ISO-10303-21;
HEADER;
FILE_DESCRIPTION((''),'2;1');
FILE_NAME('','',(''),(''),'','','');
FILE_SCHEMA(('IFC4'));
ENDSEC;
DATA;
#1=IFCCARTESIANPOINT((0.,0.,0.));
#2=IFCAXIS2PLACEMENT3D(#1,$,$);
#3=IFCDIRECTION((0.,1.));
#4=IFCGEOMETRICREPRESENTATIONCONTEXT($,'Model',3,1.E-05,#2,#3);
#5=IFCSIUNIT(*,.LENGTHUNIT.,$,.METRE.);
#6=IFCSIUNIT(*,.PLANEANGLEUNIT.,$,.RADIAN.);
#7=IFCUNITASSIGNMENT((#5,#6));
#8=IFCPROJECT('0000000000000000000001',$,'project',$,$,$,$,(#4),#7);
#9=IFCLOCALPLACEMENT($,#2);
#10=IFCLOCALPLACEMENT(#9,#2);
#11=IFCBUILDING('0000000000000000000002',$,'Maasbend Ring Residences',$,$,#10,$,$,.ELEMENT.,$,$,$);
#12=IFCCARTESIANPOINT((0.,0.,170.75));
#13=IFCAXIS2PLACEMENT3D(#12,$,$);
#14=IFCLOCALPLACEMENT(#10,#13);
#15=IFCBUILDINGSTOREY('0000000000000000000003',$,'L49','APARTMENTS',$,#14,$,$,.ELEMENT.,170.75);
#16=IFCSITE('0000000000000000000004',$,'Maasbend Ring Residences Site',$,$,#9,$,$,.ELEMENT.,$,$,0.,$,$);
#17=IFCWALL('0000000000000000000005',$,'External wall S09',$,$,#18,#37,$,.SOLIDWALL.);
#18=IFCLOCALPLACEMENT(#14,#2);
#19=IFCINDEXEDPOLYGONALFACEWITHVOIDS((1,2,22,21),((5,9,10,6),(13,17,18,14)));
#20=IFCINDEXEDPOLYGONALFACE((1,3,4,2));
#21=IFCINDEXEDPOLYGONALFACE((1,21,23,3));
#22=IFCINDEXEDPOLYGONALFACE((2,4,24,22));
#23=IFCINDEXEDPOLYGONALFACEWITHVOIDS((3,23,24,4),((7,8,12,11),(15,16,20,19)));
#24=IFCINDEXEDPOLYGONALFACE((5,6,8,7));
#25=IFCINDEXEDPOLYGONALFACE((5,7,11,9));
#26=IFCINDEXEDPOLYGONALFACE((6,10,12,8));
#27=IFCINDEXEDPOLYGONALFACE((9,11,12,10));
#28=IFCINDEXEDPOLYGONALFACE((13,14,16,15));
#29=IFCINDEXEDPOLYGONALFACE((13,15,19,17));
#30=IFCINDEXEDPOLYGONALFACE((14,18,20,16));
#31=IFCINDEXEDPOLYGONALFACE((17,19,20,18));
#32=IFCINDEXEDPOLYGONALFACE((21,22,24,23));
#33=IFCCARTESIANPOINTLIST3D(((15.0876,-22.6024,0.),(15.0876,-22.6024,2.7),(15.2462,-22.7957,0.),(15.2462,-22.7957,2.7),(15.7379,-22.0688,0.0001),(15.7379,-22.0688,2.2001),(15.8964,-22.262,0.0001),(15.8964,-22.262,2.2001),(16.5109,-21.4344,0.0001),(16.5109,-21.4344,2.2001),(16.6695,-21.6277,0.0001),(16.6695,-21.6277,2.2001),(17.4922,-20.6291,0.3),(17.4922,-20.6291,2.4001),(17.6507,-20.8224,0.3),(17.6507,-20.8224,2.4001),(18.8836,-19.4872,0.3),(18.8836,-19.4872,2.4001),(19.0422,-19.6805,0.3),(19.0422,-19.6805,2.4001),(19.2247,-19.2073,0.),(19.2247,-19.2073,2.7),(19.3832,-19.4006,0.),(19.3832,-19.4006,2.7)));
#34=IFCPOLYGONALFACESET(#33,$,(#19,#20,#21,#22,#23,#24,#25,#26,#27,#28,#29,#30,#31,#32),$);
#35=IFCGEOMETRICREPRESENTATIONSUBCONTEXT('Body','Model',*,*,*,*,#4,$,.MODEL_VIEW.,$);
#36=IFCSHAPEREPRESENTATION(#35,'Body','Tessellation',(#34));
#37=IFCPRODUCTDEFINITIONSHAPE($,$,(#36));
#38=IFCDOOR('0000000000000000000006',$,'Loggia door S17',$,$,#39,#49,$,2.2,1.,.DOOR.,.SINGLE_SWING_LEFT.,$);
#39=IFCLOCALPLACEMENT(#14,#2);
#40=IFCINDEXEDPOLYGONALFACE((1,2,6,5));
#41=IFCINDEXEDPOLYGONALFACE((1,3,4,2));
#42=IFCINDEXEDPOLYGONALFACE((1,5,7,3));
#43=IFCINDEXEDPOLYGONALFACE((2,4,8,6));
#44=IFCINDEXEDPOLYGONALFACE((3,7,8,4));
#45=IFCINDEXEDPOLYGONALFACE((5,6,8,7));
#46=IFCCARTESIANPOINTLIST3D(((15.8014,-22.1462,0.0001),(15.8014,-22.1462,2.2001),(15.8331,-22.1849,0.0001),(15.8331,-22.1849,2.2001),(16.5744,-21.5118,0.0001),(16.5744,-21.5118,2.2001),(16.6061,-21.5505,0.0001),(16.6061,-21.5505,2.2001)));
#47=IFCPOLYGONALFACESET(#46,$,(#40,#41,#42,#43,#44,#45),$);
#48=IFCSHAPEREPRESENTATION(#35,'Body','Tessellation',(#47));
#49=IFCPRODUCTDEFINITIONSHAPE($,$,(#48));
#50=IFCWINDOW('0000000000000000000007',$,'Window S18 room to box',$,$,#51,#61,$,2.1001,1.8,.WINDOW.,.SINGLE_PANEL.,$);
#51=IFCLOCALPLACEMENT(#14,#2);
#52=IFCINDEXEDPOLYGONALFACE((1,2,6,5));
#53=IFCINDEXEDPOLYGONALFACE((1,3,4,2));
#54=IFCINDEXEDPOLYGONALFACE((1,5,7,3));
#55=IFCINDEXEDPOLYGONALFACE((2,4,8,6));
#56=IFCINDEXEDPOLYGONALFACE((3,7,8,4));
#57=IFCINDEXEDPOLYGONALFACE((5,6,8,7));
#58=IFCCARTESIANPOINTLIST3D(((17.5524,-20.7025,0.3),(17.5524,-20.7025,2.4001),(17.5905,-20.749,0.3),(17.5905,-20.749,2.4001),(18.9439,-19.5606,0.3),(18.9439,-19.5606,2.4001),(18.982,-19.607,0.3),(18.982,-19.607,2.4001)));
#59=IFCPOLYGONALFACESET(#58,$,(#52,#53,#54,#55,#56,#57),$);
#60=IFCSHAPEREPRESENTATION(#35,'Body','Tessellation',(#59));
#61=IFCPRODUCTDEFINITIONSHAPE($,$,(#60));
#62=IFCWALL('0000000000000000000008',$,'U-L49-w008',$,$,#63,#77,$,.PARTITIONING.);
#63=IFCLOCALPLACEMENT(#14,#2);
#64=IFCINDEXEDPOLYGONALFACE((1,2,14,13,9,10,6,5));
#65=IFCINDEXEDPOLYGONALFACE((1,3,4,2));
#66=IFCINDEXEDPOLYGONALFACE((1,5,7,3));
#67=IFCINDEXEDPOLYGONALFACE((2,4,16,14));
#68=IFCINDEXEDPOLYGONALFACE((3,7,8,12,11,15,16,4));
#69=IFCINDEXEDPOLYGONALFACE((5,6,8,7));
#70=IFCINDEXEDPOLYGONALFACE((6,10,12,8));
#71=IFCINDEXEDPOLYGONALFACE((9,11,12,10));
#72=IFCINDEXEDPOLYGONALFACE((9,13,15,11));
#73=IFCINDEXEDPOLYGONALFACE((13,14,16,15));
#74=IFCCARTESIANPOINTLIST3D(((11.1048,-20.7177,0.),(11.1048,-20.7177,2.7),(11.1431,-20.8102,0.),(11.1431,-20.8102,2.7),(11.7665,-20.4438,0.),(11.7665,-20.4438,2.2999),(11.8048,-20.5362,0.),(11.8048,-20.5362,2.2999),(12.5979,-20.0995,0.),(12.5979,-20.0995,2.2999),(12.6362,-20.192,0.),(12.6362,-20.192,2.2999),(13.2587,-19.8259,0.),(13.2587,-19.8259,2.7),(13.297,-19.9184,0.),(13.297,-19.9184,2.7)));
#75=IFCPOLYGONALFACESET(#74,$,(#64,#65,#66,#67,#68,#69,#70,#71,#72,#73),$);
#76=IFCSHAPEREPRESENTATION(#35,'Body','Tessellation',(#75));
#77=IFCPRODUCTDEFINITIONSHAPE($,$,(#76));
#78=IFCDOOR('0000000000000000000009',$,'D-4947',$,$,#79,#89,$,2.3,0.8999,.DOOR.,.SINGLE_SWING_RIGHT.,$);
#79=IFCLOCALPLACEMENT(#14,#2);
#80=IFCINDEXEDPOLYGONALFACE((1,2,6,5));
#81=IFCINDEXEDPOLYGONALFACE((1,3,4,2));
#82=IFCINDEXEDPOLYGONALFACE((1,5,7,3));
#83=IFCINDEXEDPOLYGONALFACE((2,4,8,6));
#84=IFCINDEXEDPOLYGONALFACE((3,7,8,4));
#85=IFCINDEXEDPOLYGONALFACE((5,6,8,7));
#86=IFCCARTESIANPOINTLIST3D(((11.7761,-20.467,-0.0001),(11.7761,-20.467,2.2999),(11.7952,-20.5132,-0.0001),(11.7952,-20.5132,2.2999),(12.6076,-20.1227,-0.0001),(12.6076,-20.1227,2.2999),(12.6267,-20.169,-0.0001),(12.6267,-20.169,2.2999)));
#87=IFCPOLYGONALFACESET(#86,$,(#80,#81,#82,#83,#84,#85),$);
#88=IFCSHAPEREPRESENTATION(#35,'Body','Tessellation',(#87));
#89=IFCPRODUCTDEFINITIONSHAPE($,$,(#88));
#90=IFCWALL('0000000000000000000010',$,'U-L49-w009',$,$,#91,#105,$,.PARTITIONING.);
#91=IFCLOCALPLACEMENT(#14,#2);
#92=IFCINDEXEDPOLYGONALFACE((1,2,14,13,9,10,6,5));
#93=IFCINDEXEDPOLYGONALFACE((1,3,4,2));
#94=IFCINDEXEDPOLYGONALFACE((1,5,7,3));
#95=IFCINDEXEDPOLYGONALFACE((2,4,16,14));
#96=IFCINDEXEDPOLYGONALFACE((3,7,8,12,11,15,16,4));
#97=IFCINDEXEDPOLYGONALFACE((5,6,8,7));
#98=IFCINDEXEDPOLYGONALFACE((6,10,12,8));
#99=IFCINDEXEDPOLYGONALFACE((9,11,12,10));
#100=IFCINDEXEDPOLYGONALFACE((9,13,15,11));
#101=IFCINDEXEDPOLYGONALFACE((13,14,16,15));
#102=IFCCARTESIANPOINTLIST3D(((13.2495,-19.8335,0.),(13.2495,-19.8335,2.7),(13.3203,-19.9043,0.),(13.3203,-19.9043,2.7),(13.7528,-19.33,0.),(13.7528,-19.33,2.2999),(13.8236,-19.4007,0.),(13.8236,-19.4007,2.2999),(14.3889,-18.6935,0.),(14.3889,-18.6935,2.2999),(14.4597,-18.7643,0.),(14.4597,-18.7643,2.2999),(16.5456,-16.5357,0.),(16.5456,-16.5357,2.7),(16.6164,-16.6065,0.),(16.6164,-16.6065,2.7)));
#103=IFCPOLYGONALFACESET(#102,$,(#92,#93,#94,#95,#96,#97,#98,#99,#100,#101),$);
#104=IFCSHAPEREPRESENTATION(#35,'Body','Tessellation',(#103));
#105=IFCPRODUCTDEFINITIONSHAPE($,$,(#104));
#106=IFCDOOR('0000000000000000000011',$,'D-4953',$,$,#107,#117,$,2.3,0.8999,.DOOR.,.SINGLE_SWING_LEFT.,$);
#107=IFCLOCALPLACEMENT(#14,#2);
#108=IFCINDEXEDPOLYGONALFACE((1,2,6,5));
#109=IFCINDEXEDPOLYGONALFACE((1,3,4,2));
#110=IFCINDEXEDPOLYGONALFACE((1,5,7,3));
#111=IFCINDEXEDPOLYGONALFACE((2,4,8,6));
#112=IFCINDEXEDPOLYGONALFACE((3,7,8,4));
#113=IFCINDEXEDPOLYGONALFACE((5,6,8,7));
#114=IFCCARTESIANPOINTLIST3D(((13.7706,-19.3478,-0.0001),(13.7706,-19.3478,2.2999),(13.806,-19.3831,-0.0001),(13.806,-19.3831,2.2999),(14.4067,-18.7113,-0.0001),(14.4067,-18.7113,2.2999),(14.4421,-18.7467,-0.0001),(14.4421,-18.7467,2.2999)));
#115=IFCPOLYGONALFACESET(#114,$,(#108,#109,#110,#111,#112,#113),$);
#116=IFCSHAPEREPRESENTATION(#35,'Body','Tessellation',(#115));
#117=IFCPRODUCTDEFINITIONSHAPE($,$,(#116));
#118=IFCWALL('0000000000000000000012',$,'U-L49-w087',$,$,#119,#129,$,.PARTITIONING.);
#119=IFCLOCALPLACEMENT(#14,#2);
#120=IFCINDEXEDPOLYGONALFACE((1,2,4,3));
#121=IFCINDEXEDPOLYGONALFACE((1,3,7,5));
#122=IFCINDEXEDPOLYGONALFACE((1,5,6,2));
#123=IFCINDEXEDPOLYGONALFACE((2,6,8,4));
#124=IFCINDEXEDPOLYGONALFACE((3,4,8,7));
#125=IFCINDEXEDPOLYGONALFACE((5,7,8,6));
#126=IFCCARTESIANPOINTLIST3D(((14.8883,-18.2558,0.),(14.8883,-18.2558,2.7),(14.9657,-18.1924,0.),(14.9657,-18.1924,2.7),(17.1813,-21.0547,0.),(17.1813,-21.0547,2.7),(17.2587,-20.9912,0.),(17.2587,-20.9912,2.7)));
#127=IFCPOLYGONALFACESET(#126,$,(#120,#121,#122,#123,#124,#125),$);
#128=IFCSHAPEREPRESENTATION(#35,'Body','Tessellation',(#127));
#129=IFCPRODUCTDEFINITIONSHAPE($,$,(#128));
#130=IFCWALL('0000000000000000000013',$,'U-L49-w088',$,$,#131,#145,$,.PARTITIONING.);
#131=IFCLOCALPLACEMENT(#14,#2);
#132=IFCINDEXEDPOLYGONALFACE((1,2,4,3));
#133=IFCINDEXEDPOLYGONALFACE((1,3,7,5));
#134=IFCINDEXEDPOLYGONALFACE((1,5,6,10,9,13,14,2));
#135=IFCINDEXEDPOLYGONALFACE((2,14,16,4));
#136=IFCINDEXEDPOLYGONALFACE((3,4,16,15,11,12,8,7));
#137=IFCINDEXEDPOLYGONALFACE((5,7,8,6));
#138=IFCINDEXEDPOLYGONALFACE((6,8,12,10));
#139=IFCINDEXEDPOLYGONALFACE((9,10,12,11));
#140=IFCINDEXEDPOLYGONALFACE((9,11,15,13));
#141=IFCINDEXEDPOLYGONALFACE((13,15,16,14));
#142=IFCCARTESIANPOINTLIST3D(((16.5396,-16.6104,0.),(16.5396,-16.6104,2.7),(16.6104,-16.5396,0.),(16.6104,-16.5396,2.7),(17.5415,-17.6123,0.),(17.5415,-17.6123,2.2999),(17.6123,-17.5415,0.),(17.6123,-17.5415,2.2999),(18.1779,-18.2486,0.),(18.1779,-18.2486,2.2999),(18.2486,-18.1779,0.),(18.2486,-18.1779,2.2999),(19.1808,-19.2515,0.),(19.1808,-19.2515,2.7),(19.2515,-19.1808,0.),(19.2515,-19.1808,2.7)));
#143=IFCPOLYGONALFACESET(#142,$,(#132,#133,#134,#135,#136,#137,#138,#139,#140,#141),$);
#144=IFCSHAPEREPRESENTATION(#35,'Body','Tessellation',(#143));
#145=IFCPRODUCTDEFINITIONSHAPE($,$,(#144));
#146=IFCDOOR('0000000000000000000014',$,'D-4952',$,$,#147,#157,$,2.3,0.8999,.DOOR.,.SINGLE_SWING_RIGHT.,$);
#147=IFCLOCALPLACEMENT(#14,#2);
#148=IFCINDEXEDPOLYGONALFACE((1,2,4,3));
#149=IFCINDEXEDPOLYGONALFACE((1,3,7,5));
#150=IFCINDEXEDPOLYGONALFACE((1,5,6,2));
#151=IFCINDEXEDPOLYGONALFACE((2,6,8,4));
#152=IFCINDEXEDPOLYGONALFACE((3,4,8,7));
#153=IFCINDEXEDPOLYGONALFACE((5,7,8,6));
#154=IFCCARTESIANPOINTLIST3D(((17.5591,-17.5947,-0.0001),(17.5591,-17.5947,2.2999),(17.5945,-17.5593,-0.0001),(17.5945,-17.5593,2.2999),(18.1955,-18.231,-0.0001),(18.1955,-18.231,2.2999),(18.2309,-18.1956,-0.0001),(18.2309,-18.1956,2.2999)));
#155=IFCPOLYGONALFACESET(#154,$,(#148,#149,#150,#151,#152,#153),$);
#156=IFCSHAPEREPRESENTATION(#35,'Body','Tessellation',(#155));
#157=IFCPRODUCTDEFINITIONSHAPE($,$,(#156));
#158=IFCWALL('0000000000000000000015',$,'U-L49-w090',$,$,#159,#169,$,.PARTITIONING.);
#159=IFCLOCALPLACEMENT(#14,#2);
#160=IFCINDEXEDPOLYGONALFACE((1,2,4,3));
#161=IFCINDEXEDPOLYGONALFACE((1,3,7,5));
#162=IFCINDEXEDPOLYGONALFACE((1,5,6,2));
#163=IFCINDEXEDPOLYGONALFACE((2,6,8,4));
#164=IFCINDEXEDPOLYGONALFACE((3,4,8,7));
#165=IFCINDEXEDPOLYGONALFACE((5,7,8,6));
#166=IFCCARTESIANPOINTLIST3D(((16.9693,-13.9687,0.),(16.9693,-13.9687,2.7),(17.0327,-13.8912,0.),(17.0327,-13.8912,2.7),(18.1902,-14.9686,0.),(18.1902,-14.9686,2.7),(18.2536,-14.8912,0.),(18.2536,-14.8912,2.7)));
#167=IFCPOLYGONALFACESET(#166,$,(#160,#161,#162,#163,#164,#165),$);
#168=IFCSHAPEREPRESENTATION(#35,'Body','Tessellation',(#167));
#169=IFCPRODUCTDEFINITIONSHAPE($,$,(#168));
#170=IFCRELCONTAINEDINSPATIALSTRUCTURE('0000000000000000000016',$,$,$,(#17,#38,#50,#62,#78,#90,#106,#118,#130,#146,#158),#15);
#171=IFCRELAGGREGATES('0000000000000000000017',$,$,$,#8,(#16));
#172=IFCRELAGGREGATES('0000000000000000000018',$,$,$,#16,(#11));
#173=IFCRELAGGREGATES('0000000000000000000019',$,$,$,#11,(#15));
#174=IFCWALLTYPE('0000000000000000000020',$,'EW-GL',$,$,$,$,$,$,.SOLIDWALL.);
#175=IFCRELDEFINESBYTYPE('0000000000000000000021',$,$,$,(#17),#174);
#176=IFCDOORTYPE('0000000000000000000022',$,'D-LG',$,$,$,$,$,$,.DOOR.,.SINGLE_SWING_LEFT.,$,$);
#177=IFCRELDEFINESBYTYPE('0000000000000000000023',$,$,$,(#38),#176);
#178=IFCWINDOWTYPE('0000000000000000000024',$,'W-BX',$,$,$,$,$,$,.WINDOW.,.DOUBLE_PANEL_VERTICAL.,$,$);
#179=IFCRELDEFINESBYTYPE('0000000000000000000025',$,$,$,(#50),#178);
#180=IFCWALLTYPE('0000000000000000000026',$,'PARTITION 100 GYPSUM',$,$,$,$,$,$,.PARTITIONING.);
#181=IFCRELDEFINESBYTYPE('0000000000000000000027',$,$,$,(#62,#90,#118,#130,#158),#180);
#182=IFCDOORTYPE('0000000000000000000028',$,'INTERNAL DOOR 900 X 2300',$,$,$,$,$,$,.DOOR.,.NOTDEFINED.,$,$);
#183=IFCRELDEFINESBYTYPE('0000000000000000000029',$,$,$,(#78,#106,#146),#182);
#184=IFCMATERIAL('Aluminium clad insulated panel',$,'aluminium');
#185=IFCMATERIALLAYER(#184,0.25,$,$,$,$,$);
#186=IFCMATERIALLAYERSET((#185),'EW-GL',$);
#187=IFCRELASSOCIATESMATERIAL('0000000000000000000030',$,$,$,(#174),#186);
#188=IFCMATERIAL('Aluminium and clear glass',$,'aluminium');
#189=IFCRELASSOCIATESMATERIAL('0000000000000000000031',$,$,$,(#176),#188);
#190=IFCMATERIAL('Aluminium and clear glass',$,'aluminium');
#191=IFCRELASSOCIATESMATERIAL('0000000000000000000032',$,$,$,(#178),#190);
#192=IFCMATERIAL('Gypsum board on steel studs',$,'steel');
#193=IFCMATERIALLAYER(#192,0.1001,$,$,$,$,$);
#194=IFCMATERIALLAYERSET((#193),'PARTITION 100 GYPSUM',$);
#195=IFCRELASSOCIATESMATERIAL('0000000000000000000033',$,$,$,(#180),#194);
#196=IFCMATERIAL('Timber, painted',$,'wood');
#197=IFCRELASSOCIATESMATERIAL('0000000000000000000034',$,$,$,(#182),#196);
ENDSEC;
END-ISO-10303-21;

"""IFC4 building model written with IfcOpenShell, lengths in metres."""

from ifc_helpers import new_model, si_unit, direction, frame, frame_2d, origin, place, context, subcontext, project, spatial, rectangle, extrude, material, layer, layer_set, type_object, element, fill, save


model = new_model("IFC4")

# Units and contexts
model_context = context("Model", 3, precision=1e-05, world=origin(), true_north=direction((0.0, 1.0)))
body_context = subcontext(model_context, "Body", "Model", "MODEL_VIEW")
ifc_project = project(units=[si_unit("LENGTHUNIT", "METRE"), si_unit("PLANEANGLEUNIT", "RADIAN")], contexts=[model_context])

# Site, building, storey
site_placement = place(None, origin())
site = spatial("IfcSite", under=ifc_project, at=site_placement, Name="Maasbend Ring Residences Site", CompositionType="ELEMENT", RefElevation=0.0)
building_placement = place(site_placement, origin())
building = spatial("IfcBuilding", under=site, at=building_placement, Name="Maasbend Ring Residences", CompositionType="ELEMENT")
storey_placement = place(building_placement, frame((0.0, 0.0, 170.75)))
storey = spatial("IfcBuildingStorey", under=building, at=storey_placement, Name="L49", Description="APARTMENTS", CompositionType="ELEMENT", Elevation=170.75)

# Wall, openings, door, window
ifc_material_1 = material(Name="Aluminium clad insulated panel", Category="aluminium")
ifc_layer_1 = layer(ifc_material_1, 0.25)
ifc_layer_set_1 = layer_set([ifc_layer_1], Name="EW-GL")
wall_type_1 = type_object("IfcWallType", Name="EW-GL", PredefinedType="SOLIDWALL", material=ifc_layer_set_1)
wall_1_placement = place(storey_placement, frame((15.167, -22.699, 0.0), z_axis=(0.0, 0.0, 1.0), x_axis=(0.773019, 0.634382, 0.0)))
wall_1 = element("IfcWall", 1, at=wall_1_placement, inside=storey, type_object=wall_type_1, Name="External wall S09", PredefinedType="SOLIDWALL", context=body_context, shape_type="SweptSolid", body=[
    extrude(rectangle(XDim=5.3518, YDim=0.25, at=frame_2d((2.6758, 0.0))), origin(), (0.0, 0.0, 1.0), 2.7),
])
opening_1_placement = place(wall_1_placement, frame((0.8411, 0.0, 0.0)))
opening_1 = element("IfcOpeningElement", 2, at=opening_1_placement, cuts=wall_1, PredefinedType="OPENING", context=body_context, shape_type="SweptSolid", body=[
    extrude(rectangle(XDim=1.0, YDim=2.2, at=frame_2d((0.5, 1.1001))), frame((0.0, 0.135, 0.0), z_axis=(0.0, -1.0, 0.0), x_axis=(1.0, 0.0, 0.0)), (0.0, 0.0, 1.0), 0.27),
])
opening_2_placement = place(wall_1_placement, frame((3.1106, 0.0, 0.3)))
opening_2 = element("IfcOpeningElement", 3, at=opening_2_placement, cuts=wall_1, PredefinedType="OPENING", context=body_context, shape_type="SweptSolid", body=[
    extrude(rectangle(XDim=1.8, YDim=2.1001, at=frame_2d((0.8999, 1.05))), frame((0.0, 0.135, 0.0), z_axis=(0.0, -1.0, 0.0), x_axis=(1.0, 0.0, 0.0)), (0.0, 0.0, 1.0), 0.27),
])
ifc_material_2 = material(Name="Aluminium and clear glass", Category="aluminium")
door_type_1 = type_object("IfcDoorType", Name="D-LG", OperationType="SINGLE_SWING_LEFT", PredefinedType="DOOR", material=ifc_material_2)
door_1_placement = place(opening_1_placement, origin())
door_1 = element("IfcDoor", 4, at=door_1_placement, inside=storey, type_object=door_type_1, Name="Loggia door S17", OperationType="SINGLE_SWING_LEFT", OverallHeight=2.2, OverallWidth=1.0, PredefinedType="DOOR", context=body_context, shape_type="SweptSolid", body=[
    extrude(rectangle(XDim=1.0, YDim=2.2, at=frame_2d((0.5, 1.1001))), frame((0.0, 0.0249, 0.0), z_axis=(0.0, -1.0, 0.0), x_axis=(1.0, 0.0, 0.0)), (0.0, 0.0, 1.0), 0.05),
])
fill(opening_1, door_1)
ifc_material_3 = material(Name="Aluminium and clear glass", Category="aluminium")
window_type_1 = type_object("IfcWindowType", Name="W-BX", PartitioningType="DOUBLE_PANEL_VERTICAL", PredefinedType="WINDOW", material=ifc_material_3)
window_1_placement = place(opening_2_placement, origin())
window_1 = element("IfcWindow", 5, at=window_1_placement, inside=storey, type_object=window_type_1, Name="Window S18 room to box", OverallHeight=2.1001, OverallWidth=1.8, PartitioningType="SINGLE_PANEL", PredefinedType="WINDOW", context=body_context, shape_type="SweptSolid", body=[
    extrude(rectangle(XDim=1.8, YDim=2.1001, at=frame_2d((0.8999, 1.05))), frame((0.0, 0.03, 0.0), z_axis=(0.0, -1.0, 0.0), x_axis=(1.0, 0.0, 0.0)), (0.0, 0.0, 1.0), 0.0601),
])
fill(opening_2, window_1)

# Walls, openings, doors
ifc_material_4 = material(Name="Gypsum board on steel studs", Category="steel")
ifc_layer_2 = layer(ifc_material_4, 0.1001)
ifc_layer_set_2 = layer_set([ifc_layer_2], Name="PARTITION 100 GYPSUM")
wall_type_2 = type_object("IfcWallType", Name="PARTITION 100 GYPSUM", PredefinedType="PARTITIONING", material=ifc_layer_set_2)
wall_2_placement = place(storey_placement, frame((11.124, -20.7639, 0.0), z_axis=(0.0, 0.0, 1.0), x_axis=(0.923939, 0.38254, 0.0)))
wall_2 = element("IfcWall", 6, at=wall_2_placement, inside=storey, type_object=wall_type_2, Name="U-L49-w008", PredefinedType="PARTITIONING", context=body_context, shape_type="SweptSolid", body=[
    extrude(rectangle(XDim=2.3313, YDim=0.1001, at=frame_2d((1.1655, 0.0))), origin(), (0.0, 0.0, 1.0), 2.7),
])
opening_3_placement = place(wall_2_placement, frame((0.7161, 0.0, 0.0)))
opening_3 = element("IfcOpeningElement", 7, at=opening_3_placement, cuts=wall_2, PredefinedType="OPENING", context=body_context, shape_type="SweptSolid", body=[
    extrude(rectangle(XDim=0.8999, YDim=2.3, at=frame_2d((0.45, 1.1499))), frame((0.0, 0.0601, 0.0), z_axis=(0.0, -1.0, 0.0), x_axis=(1.0, 0.0, 0.0)), (0.0, 0.0, 1.0), 0.1201),
])
ifc_material_5 = material(Name="Timber, painted", Category="wood")
door_type_2 = type_object("IfcDoorType", Name="INTERNAL DOOR 900 X 2300", OperationType="NOTDEFINED", PredefinedType="DOOR", material=ifc_material_5)
door_2_placement = place(opening_3_placement, origin())
door_2 = element("IfcDoor", 8, at=door_2_placement, inside=storey, type_object=door_type_2, Name="D-4947", OperationType="SINGLE_SWING_RIGHT", OverallHeight=2.3, OverallWidth=0.8999, PredefinedType="DOOR", context=body_context, shape_type="SweptSolid", body=[
    extrude(rectangle(XDim=0.8999, YDim=2.3, at=frame_2d((0.45, 1.1499))), frame((0.0, 0.0249, 0.0), z_axis=(0.0, -1.0, 0.0), x_axis=(1.0, 0.0, 0.0)), (0.0, 0.0, 1.0), 0.05),
])
fill(opening_3, door_2)
wall_3_placement = place(storey_placement, frame((13.2849, -19.8689, 0.0), z_axis=(0.0, 0.0, 1.0), x_axis=(0.706923, 0.70729, 0.0)))
wall_3 = element("IfcWall", 9, at=wall_3_placement, inside=storey, type_object=wall_type_2, Name="U-L49-w009", PredefinedType="PARTITIONING", context=body_context, shape_type="SweptSolid", body=[
    extrude(rectangle(XDim=4.6626, YDim=0.1001, at=frame_2d((2.3313, 0.0))), origin(), (0.0, 0.0, 1.0), 2.7),
])
opening_4_placement = place(wall_3_placement, frame((0.7119, 0.0, 0.0)))
opening_4 = element("IfcOpeningElement", 10, at=opening_4_placement, cuts=wall_3, PredefinedType="OPENING", context=body_context, shape_type="SweptSolid", body=[
    extrude(rectangle(XDim=0.8999, YDim=2.3, at=frame_2d((0.45, 1.1499))), frame((0.0, 0.0601, 0.0), z_axis=(0.0, -1.0, 0.0), x_axis=(1.0, 0.0, 0.0)), (0.0, 0.0, 1.0), 0.1201),
])
door_3_placement = place(opening_4_placement, origin())
door_3 = element("IfcDoor", 11, at=door_3_placement, inside=storey, type_object=door_type_2, Name="D-4953", OperationType="SINGLE_SWING_LEFT", OverallHeight=2.3, OverallWidth=0.8999, PredefinedType="DOOR", context=body_context, shape_type="SweptSolid", body=[
    extrude(rectangle(XDim=0.8999, YDim=2.3, at=frame_2d((0.45, 1.1499))), frame((0.0, 0.0249, 0.0), z_axis=(0.0, -1.0, 0.0), x_axis=(1.0, 0.0, 0.0)), (0.0, 0.0, 1.0), 0.05),
])
fill(opening_4, door_3)

# Wall
wall_4_placement = place(storey_placement, frame((14.927, -18.2241, 0.0), z_axis=(0.0, 0.0, 1.0), x_axis=(0.633737, -0.773548, 0.0)))
element("IfcWall", 12, at=wall_4_placement, inside=storey, type_object=wall_type_2, Name="U-L49-w087", PredefinedType="PARTITIONING", context=body_context, shape_type="SweptSolid", body=[
    extrude(rectangle(XDim=3.6182, YDim=0.1001, at=frame_2d((1.8091, 0.0))), origin(), (0.0, 0.0, 1.0), 2.7),
])

# Wall, opening, door
wall_5_placement = place(storey_placement, frame((16.575, -16.575, 0.0), z_axis=(0.0, 0.0, 1.0), x_axis=(0.707107, -0.707107, 0.0)))
wall_5 = element("IfcWall", 13, at=wall_5_placement, inside=storey, type_object=wall_type_2, Name="U-L49-w088", PredefinedType="PARTITIONING", context=body_context, shape_type="SweptSolid", body=[
    extrude(rectangle(XDim=3.7351, YDim=0.1001, at=frame_2d((1.8677, 0.0))), origin(), (0.0, 0.0, 1.0), 2.7),
])
opening_5_placement = place(wall_5_placement, frame((1.417, 0.0, 0.0)))
opening_5 = element("IfcOpeningElement", 14, at=opening_5_placement, cuts=wall_5, PredefinedType="OPENING", context=body_context, shape_type="SweptSolid", body=[
    extrude(rectangle(XDim=0.8999, YDim=2.3, at=frame_2d((0.45, 1.1499))), frame((0.0, 0.0601, 0.0), z_axis=(0.0, -1.0, 0.0), x_axis=(1.0, 0.0, 0.0)), (0.0, 0.0, 1.0), 0.1201),
])
door_4_placement = place(opening_5_placement, origin())
door_4 = element("IfcDoor", 15, at=door_4_placement, inside=storey, type_object=door_type_2, Name="D-4952", OperationType="SINGLE_SWING_RIGHT", OverallHeight=2.3, OverallWidth=0.8999, PredefinedType="DOOR", context=body_context, shape_type="SweptSolid", body=[
    extrude(rectangle(XDim=0.8999, YDim=2.3, at=frame_2d((0.45, 1.1499))), frame((0.0, 0.0249, 0.0), z_axis=(0.0, -1.0, 0.0), x_axis=(1.0, 0.0, 0.0)), (0.0, 0.0, 1.0), 0.05),
])
fill(opening_5, door_4)

# Wall
wall_6_placement = place(storey_placement, frame((17.001, -13.9299, 0.0), z_axis=(0.0, 0.0, 1.0), x_axis=(0.773633, -0.633634, 0.0)))
element("IfcWall", 16, at=wall_6_placement, inside=storey, type_object=wall_type_2, Name="U-L49-w090", PredefinedType="PARTITIONING", context=body_context, shape_type="SweptSolid", body=[
    extrude(rectangle(XDim=1.5781, YDim=0.1001, at=frame_2d((0.7891, 0.0))), origin(), (0.0, 0.0, 1.0), 2.7),
])

save(model, "model.ifc")
